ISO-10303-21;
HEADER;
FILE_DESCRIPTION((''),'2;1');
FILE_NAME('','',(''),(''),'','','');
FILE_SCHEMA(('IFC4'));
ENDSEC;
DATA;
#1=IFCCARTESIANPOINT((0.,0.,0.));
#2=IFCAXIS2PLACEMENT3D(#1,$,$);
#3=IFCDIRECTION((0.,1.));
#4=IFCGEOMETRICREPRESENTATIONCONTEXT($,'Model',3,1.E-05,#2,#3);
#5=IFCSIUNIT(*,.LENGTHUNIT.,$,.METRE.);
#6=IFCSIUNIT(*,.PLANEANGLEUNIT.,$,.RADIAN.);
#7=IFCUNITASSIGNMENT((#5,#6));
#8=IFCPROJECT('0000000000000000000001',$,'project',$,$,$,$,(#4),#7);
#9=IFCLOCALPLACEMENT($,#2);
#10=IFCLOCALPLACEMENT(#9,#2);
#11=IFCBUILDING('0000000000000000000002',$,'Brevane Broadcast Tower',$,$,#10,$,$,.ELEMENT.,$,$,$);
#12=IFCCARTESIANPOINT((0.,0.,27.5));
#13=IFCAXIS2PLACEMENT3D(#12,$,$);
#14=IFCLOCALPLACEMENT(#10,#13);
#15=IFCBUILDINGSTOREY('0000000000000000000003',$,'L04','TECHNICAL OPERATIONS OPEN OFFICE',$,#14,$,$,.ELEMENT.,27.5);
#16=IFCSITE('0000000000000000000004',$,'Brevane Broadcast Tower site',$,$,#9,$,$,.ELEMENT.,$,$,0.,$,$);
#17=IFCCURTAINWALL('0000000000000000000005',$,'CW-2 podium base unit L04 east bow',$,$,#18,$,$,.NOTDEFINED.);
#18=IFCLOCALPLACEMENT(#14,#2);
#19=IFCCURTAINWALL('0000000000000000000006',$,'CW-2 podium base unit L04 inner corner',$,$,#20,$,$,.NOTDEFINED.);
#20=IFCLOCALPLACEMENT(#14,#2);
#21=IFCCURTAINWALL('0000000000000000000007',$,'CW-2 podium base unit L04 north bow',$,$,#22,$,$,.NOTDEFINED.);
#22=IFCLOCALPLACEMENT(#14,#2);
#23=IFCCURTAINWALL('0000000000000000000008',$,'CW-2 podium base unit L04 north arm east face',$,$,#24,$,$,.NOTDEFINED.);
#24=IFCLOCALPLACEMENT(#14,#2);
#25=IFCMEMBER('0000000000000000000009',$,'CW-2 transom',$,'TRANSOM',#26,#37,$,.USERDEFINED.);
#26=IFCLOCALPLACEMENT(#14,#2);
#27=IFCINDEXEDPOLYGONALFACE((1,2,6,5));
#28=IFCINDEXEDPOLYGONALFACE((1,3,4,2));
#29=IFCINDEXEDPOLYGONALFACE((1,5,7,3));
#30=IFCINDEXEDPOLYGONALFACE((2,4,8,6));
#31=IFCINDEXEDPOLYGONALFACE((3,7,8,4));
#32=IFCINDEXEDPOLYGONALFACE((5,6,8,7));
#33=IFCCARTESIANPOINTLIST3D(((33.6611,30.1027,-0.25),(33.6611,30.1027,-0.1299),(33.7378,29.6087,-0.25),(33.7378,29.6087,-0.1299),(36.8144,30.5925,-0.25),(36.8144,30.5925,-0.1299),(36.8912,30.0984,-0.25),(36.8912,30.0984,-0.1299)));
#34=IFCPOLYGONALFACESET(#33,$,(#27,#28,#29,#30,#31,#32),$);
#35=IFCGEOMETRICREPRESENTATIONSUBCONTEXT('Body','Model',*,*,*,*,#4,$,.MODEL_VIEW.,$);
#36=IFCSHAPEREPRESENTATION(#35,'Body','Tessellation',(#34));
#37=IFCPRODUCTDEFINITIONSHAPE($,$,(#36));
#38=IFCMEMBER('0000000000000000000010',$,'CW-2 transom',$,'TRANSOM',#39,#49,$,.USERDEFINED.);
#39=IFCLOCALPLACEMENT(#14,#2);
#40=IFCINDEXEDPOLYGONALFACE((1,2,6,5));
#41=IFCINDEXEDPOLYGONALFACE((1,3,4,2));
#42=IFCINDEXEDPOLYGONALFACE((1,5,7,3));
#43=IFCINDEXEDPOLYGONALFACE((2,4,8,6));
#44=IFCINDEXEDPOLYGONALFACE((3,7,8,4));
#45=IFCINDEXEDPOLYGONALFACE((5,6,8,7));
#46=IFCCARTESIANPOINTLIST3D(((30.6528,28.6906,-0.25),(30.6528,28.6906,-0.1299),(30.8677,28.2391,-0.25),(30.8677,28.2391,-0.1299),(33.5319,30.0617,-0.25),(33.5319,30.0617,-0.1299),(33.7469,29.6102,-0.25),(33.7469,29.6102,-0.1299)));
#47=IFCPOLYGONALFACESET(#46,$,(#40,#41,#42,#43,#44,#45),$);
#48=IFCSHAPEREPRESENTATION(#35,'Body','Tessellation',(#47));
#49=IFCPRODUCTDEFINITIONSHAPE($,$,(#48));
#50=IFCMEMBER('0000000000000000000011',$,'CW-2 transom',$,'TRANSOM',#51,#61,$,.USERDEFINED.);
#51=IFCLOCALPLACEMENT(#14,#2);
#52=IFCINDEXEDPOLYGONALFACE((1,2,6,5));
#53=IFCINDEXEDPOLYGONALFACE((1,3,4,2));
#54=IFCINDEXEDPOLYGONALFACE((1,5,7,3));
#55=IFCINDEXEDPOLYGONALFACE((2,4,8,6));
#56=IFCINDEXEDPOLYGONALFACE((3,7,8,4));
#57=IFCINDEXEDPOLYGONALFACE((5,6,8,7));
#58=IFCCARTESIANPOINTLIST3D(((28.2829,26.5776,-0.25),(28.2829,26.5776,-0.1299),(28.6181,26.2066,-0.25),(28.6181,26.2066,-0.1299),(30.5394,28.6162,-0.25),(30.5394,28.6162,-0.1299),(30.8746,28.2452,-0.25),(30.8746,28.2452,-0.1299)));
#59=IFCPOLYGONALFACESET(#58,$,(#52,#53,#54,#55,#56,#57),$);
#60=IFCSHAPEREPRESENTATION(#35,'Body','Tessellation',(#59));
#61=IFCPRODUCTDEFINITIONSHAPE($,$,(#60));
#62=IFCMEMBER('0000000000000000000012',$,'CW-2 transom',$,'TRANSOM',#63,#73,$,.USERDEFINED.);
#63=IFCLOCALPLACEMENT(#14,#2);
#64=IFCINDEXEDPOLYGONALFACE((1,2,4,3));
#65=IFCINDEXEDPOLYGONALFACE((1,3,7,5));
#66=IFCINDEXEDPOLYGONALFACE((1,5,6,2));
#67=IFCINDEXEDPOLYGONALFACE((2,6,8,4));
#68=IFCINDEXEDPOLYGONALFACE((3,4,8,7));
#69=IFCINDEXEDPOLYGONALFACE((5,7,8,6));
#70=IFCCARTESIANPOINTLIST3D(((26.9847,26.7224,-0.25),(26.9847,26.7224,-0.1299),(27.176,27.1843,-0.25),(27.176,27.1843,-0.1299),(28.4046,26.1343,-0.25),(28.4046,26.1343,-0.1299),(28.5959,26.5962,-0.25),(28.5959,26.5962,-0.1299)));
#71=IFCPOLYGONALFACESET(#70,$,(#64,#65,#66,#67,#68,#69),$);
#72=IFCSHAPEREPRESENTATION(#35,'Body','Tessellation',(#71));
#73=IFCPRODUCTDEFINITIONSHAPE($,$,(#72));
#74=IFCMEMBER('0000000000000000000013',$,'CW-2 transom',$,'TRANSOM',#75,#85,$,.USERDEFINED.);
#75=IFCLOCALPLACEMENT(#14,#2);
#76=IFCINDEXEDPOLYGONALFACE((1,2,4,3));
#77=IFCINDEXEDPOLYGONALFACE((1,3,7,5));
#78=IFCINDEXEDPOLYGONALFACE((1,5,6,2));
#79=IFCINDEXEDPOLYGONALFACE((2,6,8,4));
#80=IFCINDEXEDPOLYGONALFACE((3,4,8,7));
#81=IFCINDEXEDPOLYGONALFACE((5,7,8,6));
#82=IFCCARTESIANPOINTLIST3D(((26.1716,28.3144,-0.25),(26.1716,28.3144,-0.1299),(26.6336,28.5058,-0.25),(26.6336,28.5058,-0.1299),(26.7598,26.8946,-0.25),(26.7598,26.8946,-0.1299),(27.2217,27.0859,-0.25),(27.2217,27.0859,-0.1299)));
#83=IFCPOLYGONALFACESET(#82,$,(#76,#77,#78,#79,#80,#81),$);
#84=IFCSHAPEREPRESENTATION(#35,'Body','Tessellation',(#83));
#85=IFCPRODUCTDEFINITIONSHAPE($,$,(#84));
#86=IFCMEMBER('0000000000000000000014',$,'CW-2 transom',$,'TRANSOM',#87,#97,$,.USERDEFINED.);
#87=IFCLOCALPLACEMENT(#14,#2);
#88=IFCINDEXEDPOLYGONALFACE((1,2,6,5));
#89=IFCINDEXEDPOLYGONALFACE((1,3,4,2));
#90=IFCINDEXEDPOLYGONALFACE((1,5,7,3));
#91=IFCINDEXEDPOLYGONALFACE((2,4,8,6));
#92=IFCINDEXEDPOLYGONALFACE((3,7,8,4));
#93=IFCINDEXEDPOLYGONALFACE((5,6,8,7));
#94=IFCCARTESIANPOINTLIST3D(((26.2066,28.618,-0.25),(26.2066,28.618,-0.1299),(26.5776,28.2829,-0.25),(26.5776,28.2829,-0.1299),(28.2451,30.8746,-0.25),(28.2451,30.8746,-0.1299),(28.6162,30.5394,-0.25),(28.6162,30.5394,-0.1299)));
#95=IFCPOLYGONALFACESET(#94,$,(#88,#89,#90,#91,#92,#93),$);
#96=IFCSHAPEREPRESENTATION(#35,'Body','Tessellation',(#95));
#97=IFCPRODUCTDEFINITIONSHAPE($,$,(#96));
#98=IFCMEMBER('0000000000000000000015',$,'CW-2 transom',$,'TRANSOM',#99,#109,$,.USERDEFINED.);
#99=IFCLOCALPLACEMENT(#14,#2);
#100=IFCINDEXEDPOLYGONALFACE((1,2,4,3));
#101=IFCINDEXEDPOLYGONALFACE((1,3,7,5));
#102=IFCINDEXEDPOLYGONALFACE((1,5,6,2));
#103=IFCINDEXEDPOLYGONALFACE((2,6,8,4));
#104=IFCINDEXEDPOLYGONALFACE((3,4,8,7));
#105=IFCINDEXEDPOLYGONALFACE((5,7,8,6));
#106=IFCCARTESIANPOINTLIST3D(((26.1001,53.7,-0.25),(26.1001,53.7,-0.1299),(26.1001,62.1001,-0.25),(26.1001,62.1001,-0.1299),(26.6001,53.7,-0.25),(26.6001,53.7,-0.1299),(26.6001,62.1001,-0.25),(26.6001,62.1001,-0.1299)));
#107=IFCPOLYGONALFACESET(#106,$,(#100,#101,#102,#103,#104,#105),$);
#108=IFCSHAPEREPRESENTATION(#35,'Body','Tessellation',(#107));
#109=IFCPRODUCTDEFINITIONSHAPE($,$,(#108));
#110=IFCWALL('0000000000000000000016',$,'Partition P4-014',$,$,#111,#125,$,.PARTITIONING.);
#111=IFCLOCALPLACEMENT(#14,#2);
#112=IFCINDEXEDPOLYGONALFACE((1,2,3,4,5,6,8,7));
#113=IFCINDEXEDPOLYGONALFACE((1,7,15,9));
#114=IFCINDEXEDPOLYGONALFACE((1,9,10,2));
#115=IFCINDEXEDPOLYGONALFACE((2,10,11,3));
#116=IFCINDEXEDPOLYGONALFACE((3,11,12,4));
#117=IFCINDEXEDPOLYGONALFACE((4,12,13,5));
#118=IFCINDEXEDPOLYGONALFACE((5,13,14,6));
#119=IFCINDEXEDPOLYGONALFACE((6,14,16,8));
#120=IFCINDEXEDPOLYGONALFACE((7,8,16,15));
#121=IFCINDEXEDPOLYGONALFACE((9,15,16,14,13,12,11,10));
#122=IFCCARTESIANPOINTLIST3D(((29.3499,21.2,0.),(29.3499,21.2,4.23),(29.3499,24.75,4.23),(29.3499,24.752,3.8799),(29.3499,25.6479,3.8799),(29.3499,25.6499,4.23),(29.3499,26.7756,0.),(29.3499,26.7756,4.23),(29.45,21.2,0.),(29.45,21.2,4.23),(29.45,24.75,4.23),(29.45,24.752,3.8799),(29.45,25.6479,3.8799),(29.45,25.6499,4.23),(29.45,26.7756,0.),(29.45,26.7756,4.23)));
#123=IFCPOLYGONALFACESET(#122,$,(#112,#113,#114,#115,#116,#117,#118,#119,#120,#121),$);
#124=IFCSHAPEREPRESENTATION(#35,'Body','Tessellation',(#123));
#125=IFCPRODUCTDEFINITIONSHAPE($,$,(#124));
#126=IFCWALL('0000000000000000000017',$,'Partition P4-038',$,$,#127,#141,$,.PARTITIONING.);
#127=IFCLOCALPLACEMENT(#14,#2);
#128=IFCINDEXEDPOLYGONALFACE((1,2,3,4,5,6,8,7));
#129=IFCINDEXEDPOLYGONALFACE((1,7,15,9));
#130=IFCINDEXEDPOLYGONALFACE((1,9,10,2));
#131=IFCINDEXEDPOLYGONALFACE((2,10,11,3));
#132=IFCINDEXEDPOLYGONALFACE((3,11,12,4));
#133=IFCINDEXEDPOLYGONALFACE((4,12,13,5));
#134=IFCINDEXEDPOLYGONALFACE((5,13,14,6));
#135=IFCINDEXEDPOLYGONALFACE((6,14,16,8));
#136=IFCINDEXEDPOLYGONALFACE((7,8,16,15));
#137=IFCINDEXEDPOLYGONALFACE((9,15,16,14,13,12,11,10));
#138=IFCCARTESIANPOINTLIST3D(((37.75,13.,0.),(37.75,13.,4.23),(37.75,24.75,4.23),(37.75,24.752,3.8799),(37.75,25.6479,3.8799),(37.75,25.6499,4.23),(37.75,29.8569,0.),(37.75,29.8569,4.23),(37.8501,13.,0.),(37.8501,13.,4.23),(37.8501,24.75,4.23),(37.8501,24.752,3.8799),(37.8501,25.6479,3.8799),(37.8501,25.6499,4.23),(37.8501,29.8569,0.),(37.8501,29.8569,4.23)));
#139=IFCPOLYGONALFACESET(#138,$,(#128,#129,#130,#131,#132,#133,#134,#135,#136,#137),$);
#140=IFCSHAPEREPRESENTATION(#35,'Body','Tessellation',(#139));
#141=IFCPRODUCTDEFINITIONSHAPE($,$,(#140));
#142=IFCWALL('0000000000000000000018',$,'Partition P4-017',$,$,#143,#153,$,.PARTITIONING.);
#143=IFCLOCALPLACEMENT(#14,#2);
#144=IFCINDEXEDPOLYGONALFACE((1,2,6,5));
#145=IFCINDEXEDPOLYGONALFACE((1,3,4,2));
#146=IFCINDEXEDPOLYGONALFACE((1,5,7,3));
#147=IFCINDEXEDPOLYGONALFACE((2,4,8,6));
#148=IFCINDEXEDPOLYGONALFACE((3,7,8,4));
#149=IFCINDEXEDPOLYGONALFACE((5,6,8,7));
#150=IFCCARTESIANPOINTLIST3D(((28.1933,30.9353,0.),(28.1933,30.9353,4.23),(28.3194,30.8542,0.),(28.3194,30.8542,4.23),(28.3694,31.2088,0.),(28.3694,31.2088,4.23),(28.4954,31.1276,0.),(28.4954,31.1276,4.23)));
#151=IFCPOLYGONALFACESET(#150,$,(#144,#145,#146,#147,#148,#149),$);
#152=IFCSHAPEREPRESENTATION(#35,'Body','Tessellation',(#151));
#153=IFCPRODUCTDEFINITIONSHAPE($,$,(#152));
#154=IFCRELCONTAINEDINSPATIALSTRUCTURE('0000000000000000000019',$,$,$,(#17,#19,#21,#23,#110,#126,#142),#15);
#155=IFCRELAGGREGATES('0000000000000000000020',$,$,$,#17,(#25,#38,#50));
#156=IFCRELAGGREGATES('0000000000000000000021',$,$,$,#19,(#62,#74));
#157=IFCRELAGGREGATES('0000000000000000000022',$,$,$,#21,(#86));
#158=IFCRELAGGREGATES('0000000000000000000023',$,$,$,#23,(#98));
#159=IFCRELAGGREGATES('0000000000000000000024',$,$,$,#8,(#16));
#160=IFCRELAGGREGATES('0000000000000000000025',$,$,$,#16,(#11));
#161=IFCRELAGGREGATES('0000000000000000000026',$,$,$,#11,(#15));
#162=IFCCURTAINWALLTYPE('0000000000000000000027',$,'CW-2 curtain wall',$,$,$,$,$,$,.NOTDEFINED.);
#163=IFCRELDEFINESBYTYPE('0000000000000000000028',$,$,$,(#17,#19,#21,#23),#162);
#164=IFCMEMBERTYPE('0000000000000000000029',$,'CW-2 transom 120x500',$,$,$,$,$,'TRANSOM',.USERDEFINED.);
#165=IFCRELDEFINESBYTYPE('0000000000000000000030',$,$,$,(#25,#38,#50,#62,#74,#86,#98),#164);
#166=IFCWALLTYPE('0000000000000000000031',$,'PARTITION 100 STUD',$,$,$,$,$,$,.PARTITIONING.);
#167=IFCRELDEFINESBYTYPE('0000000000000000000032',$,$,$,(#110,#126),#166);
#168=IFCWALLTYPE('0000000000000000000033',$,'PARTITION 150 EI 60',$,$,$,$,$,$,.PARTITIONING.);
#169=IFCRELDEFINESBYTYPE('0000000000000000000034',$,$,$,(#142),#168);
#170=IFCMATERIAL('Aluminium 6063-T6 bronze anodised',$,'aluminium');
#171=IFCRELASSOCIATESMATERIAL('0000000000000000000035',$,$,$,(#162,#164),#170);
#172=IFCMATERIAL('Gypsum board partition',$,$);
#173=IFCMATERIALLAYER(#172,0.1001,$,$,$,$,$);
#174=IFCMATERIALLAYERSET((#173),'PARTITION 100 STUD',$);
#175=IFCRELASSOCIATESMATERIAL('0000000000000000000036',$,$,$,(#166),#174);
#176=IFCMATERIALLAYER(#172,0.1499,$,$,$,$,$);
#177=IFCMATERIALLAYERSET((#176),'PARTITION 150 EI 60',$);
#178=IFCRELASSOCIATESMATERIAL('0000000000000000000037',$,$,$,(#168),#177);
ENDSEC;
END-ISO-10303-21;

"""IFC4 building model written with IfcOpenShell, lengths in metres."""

from ifc_helpers import new_model, si_unit, direction, frame, frame_2d, origin, origin_2d, place, context, subcontext, project, spatial, polyline, rectangle, outline, extrude, material, layer, layer_set, material_profile, profile_set, type_object, element, aggregate, save


model = new_model("IFC4")

# Units and contexts
model_context = context("Model", 3, precision=1e-05, world=origin(), true_north=direction((0.0, 1.0)))
body_context = subcontext(model_context, "Body", "Model", "MODEL_VIEW")
ifc_project = project(units=[si_unit("LENGTHUNIT", "METRE"), si_unit("PLANEANGLEUNIT", "RADIAN")], contexts=[model_context])

# Site, building, storey
site_placement = place(None, origin())
site = spatial("IfcSite", under=ifc_project, at=site_placement, Name="Brevane Broadcast Tower site", CompositionType="ELEMENT", RefElevation=0.0)
building_placement = place(site_placement, origin())
building = spatial("IfcBuilding", under=site, at=building_placement, Name="Brevane Broadcast Tower", CompositionType="ELEMENT")
storey_placement = place(building_placement, frame((0.0, 0.0, 27.5)))
storey = spatial("IfcBuildingStorey", under=building, at=storey_placement, Name="L04", Description="TECHNICAL OPERATIONS OPEN OFFICE", CompositionType="ELEMENT", Elevation=27.5)

# Shared definitions
ifc_material_1 = material(Name="Aluminium 6063-T6 bronze anodised", Category="aluminium")
curtain_wall_type = type_object("IfcCurtainWallType", Name="CW-2 curtain wall", PredefinedType="NOTDEFINED", material=ifc_material_1)

# Curtain wall
curtain_wall_1_placement = place(storey_placement, origin())
curtain_wall_1 = element("IfcCurtainWall", 1, at=curtain_wall_1_placement, inside=storey, type_object=curtain_wall_type, Name="CW-2 podium base unit L04 east bow", PredefinedType="NOTDEFINED")

# Curtain walls
curtain_wall_2_placement = place(storey_placement, origin())
curtain_wall_2 = element("IfcCurtainWall", 2, at=curtain_wall_2_placement, inside=storey, type_object=curtain_wall_type, Name="CW-2 podium base unit L04 inner corner", PredefinedType="NOTDEFINED")
curtain_wall_3_placement = place(storey_placement, origin())
curtain_wall_3 = element("IfcCurtainWall", 3, at=curtain_wall_3_placement, inside=storey, type_object=curtain_wall_type, Name="CW-2 podium base unit L04 north bow", PredefinedType="NOTDEFINED")

# Curtain wall
curtain_wall_4_placement = place(storey_placement, origin())
curtain_wall_4 = element("IfcCurtainWall", 4, at=curtain_wall_4_placement, inside=storey, type_object=curtain_wall_type, Name="CW-2 podium base unit L04 north arm east face", PredefinedType="NOTDEFINED")

# Members
ifc_material_profile_1 = material_profile(ifc_material_1, rectangle(XDim=0.5, YDim=0.1201, at=origin_2d()), Name="RECT 120x500")
ifc_profile_set_1 = profile_set([ifc_material_profile_1], Name="Aluminium 6063-T6 bronze anodised")
member_type_1 = type_object("IfcMemberType", Name="CW-2 transom 120x500", ElementType="TRANSOM", PredefinedType="USERDEFINED", material=ifc_profile_set_1)
member_1_placement = place(storey_placement, frame((36.8528, 30.3455, -0.1899), z_axis=(-0.988153, -0.153471, 0.0), x_axis=(0.153471, -0.988153, 0.0)))
member_1 = element("IfcMember", 5, at=member_1_placement, type_object=member_type_1, Name="CW-2 transom", ObjectType="TRANSOM", PredefinedType="USERDEFINED", context=body_context, shape_type="SweptSolid", body=[
    extrude(rectangle(XDim=0.5, YDim=0.1201, at=origin_2d()), origin(), (0.0, 0.0, 1.0), 3.1912),
])
member_2_placement = place(storey_placement, frame((33.6394, 29.8359, -0.1899), z_axis=(-0.902852, -0.429951, 0.0), x_axis=(0.429951, -0.902852, 0.0)))
member_2 = element("IfcMember", 6, at=member_2_placement, type_object=member_type_1, Name="CW-2 transom", ObjectType="TRANSOM", PredefinedType="USERDEFINED", context=body_context, shape_type="SweptSolid", body=[
    extrude(rectangle(XDim=0.5, YDim=0.1201, at=origin_2d()), origin(), (0.0, 0.0, 1.0), 3.189),
])
member_3_placement = place(storey_placement, frame((30.707, 28.4307, -0.1899), z_axis=(-0.742043, -0.670352, 0.0), x_axis=(0.670352, -0.742043, 0.0)))
member_3 = element("IfcMember", 7, at=member_3_placement, type_object=member_type_1, Name="CW-2 transom", ObjectType="TRANSOM", PredefinedType="USERDEFINED", context=body_context, shape_type="SweptSolid", body=[
    extrude(rectangle(XDim=0.5, YDim=0.1201, at=origin_2d()), origin(), (0.0, 0.0, 1.0), 3.041),
])
aggregate(curtain_wall_1, [member_1, member_2, member_3])
member_4_placement = place(storey_placement, frame((28.5002, 26.3652, -0.1899), z_axis=(-0.923883, 0.382674, 0.0), x_axis=(-0.382674, -0.923883, 0.0)))
member_4 = element("IfcMember", 8, at=member_4_placement, type_object=member_type_1, Name="CW-2 transom", ObjectType="TRANSOM", PredefinedType="USERDEFINED", context=body_context, shape_type="SweptSolid", body=[
    extrude(rectangle(XDim=0.5, YDim=0.1201, at=origin_2d()), origin(), (0.0, 0.0, 1.0), 1.5369),
])
member_5_placement = place(storey_placement, frame((26.9907, 26.9902, -0.1899), z_axis=(-0.382674, 0.923883, 0.0), x_axis=(-0.923883, -0.382674, 0.0)))
member_5 = element("IfcMember", 9, at=member_5_placement, type_object=member_type_1, Name="CW-2 transom", ObjectType="TRANSOM", PredefinedType="USERDEFINED", context=body_context, shape_type="SweptSolid", body=[
    extrude(rectangle(XDim=0.5, YDim=0.1201, at=origin_2d()), origin(), (0.0, 0.0, 1.0), 1.5369),
])
aggregate(curtain_wall_2, [member_4, member_5])
member_6_placement = place(storey_placement, frame((26.3921, 28.4504, -0.1899), z_axis=(0.670352, 0.742043, 0.0), x_axis=(-0.742043, 0.670352, 0.0)))
member_6 = element("IfcMember", 10, at=member_6_placement, type_object=member_type_1, Name="CW-2 transom", ObjectType="TRANSOM", PredefinedType="USERDEFINED", context=body_context, shape_type="SweptSolid", body=[
    extrude(rectangle(XDim=0.5, YDim=0.1201, at=origin_2d()), origin(), (0.0, 0.0, 1.0), 3.041),
])
aggregate(curtain_wall_3, [member_6])
member_7_placement = place(storey_placement, frame((26.3501, 53.7, -0.1899), z_axis=(0.0, 1.0, 0.0), x_axis=(-1.0, 0.0, 0.0)))
member_7 = element("IfcMember", 11, at=member_7_placement, type_object=member_type_1, Name="CW-2 transom", ObjectType="TRANSOM", PredefinedType="USERDEFINED", context=body_context, shape_type="SweptSolid", body=[
    extrude(rectangle(XDim=0.5, YDim=0.1201, at=origin_2d()), origin(), (0.0, 0.0, 1.0), 8.4001),
])
aggregate(curtain_wall_4, [member_7])

# Walls
ifc_material_2 = material(Name="Gypsum board partition")
ifc_layer_1 = layer(ifc_material_2, 0.1001)
ifc_layer_set_1 = layer_set([ifc_layer_1], Name="PARTITION 100 STUD")
wall_type_1 = type_object("IfcWallType", Name="PARTITION 100 STUD", PredefinedType="PARTITIONING", material=ifc_layer_set_1)
wall_1_placement = place(storey_placement, frame((29.3999, 26.7756, 0.0), z_axis=(0.0, 0.0, 1.0), x_axis=(0.0, -1.0, 0.0)))
element("IfcWall", 12, at=wall_1_placement, inside=storey, type_object=wall_type_1, Name="Partition P4-014", PredefinedType="PARTITIONING", context=body_context, shape_type="SweptSolid", body=[
    extrude(outline(polyline([(0.0, 0.0), (5.5757, 0.0), (5.5757, 4.23), (2.0256, 4.23), (2.0237, 3.8799), (1.1277, 3.8799), (1.1257, 4.23), (0.0, 4.23), (0.0, 0.0)])), frame((0.0, 0.05, 0.0), z_axis=(0.0, -1.0, 0.0), x_axis=(1.0, 0.0, 0.0)), (0.0, 0.0, 1.0), 0.1001),
])
wall_2_placement = place(storey_placement, frame((37.8, 29.8569, 0.0), z_axis=(0.0, 0.0, 1.0), x_axis=(0.0, -1.0, 0.0)))
element("IfcWall", 13, at=wall_2_placement, inside=storey, type_object=wall_type_1, Name="Partition P4-038", PredefinedType="PARTITIONING", context=body_context, shape_type="SweptSolid", body=[
    extrude(outline(polyline([(0.0, 0.0), (16.8569, 0.0), (16.8569, 4.23), (5.1069, 4.23), (5.105, 3.8799), (4.209, 3.8799), (4.207, 4.23), (0.0, 4.23), (0.0, 0.0)])), frame((0.0, 0.05, 0.0), z_axis=(0.0, -1.0, 0.0), x_axis=(1.0, 0.0, 0.0)), (0.0, 0.0, 1.0), 0.1001),
])
ifc_layer_2 = layer(ifc_material_2, 0.1499)
ifc_layer_set_2 = layer_set([ifc_layer_2], Name="PARTITION 150 EI 60")
wall_type_2 = type_object("IfcWallType", Name="PARTITION 150 EI 60", PredefinedType="PARTITIONING", material=ifc_layer_set_2)
wall_3_placement = place(storey_placement, frame((28.4324, 31.1682, 0.0), z_axis=(0.0, 0.0, 1.0), x_axis=(-0.541289, -0.840837, 0.0)))
element("IfcWall", 14, at=wall_3_placement, inside=storey, type_object=wall_type_2, Name="Partition P4-017", PredefinedType="PARTITIONING", context=body_context, shape_type="SweptSolid", body=[
    extrude(rectangle(XDim=0.3252, YDim=0.1499, at=frame_2d((0.1626, 0.0))), origin(), (0.0, 0.0, 1.0), 4.23),
])

save(model, "model.ifc")
